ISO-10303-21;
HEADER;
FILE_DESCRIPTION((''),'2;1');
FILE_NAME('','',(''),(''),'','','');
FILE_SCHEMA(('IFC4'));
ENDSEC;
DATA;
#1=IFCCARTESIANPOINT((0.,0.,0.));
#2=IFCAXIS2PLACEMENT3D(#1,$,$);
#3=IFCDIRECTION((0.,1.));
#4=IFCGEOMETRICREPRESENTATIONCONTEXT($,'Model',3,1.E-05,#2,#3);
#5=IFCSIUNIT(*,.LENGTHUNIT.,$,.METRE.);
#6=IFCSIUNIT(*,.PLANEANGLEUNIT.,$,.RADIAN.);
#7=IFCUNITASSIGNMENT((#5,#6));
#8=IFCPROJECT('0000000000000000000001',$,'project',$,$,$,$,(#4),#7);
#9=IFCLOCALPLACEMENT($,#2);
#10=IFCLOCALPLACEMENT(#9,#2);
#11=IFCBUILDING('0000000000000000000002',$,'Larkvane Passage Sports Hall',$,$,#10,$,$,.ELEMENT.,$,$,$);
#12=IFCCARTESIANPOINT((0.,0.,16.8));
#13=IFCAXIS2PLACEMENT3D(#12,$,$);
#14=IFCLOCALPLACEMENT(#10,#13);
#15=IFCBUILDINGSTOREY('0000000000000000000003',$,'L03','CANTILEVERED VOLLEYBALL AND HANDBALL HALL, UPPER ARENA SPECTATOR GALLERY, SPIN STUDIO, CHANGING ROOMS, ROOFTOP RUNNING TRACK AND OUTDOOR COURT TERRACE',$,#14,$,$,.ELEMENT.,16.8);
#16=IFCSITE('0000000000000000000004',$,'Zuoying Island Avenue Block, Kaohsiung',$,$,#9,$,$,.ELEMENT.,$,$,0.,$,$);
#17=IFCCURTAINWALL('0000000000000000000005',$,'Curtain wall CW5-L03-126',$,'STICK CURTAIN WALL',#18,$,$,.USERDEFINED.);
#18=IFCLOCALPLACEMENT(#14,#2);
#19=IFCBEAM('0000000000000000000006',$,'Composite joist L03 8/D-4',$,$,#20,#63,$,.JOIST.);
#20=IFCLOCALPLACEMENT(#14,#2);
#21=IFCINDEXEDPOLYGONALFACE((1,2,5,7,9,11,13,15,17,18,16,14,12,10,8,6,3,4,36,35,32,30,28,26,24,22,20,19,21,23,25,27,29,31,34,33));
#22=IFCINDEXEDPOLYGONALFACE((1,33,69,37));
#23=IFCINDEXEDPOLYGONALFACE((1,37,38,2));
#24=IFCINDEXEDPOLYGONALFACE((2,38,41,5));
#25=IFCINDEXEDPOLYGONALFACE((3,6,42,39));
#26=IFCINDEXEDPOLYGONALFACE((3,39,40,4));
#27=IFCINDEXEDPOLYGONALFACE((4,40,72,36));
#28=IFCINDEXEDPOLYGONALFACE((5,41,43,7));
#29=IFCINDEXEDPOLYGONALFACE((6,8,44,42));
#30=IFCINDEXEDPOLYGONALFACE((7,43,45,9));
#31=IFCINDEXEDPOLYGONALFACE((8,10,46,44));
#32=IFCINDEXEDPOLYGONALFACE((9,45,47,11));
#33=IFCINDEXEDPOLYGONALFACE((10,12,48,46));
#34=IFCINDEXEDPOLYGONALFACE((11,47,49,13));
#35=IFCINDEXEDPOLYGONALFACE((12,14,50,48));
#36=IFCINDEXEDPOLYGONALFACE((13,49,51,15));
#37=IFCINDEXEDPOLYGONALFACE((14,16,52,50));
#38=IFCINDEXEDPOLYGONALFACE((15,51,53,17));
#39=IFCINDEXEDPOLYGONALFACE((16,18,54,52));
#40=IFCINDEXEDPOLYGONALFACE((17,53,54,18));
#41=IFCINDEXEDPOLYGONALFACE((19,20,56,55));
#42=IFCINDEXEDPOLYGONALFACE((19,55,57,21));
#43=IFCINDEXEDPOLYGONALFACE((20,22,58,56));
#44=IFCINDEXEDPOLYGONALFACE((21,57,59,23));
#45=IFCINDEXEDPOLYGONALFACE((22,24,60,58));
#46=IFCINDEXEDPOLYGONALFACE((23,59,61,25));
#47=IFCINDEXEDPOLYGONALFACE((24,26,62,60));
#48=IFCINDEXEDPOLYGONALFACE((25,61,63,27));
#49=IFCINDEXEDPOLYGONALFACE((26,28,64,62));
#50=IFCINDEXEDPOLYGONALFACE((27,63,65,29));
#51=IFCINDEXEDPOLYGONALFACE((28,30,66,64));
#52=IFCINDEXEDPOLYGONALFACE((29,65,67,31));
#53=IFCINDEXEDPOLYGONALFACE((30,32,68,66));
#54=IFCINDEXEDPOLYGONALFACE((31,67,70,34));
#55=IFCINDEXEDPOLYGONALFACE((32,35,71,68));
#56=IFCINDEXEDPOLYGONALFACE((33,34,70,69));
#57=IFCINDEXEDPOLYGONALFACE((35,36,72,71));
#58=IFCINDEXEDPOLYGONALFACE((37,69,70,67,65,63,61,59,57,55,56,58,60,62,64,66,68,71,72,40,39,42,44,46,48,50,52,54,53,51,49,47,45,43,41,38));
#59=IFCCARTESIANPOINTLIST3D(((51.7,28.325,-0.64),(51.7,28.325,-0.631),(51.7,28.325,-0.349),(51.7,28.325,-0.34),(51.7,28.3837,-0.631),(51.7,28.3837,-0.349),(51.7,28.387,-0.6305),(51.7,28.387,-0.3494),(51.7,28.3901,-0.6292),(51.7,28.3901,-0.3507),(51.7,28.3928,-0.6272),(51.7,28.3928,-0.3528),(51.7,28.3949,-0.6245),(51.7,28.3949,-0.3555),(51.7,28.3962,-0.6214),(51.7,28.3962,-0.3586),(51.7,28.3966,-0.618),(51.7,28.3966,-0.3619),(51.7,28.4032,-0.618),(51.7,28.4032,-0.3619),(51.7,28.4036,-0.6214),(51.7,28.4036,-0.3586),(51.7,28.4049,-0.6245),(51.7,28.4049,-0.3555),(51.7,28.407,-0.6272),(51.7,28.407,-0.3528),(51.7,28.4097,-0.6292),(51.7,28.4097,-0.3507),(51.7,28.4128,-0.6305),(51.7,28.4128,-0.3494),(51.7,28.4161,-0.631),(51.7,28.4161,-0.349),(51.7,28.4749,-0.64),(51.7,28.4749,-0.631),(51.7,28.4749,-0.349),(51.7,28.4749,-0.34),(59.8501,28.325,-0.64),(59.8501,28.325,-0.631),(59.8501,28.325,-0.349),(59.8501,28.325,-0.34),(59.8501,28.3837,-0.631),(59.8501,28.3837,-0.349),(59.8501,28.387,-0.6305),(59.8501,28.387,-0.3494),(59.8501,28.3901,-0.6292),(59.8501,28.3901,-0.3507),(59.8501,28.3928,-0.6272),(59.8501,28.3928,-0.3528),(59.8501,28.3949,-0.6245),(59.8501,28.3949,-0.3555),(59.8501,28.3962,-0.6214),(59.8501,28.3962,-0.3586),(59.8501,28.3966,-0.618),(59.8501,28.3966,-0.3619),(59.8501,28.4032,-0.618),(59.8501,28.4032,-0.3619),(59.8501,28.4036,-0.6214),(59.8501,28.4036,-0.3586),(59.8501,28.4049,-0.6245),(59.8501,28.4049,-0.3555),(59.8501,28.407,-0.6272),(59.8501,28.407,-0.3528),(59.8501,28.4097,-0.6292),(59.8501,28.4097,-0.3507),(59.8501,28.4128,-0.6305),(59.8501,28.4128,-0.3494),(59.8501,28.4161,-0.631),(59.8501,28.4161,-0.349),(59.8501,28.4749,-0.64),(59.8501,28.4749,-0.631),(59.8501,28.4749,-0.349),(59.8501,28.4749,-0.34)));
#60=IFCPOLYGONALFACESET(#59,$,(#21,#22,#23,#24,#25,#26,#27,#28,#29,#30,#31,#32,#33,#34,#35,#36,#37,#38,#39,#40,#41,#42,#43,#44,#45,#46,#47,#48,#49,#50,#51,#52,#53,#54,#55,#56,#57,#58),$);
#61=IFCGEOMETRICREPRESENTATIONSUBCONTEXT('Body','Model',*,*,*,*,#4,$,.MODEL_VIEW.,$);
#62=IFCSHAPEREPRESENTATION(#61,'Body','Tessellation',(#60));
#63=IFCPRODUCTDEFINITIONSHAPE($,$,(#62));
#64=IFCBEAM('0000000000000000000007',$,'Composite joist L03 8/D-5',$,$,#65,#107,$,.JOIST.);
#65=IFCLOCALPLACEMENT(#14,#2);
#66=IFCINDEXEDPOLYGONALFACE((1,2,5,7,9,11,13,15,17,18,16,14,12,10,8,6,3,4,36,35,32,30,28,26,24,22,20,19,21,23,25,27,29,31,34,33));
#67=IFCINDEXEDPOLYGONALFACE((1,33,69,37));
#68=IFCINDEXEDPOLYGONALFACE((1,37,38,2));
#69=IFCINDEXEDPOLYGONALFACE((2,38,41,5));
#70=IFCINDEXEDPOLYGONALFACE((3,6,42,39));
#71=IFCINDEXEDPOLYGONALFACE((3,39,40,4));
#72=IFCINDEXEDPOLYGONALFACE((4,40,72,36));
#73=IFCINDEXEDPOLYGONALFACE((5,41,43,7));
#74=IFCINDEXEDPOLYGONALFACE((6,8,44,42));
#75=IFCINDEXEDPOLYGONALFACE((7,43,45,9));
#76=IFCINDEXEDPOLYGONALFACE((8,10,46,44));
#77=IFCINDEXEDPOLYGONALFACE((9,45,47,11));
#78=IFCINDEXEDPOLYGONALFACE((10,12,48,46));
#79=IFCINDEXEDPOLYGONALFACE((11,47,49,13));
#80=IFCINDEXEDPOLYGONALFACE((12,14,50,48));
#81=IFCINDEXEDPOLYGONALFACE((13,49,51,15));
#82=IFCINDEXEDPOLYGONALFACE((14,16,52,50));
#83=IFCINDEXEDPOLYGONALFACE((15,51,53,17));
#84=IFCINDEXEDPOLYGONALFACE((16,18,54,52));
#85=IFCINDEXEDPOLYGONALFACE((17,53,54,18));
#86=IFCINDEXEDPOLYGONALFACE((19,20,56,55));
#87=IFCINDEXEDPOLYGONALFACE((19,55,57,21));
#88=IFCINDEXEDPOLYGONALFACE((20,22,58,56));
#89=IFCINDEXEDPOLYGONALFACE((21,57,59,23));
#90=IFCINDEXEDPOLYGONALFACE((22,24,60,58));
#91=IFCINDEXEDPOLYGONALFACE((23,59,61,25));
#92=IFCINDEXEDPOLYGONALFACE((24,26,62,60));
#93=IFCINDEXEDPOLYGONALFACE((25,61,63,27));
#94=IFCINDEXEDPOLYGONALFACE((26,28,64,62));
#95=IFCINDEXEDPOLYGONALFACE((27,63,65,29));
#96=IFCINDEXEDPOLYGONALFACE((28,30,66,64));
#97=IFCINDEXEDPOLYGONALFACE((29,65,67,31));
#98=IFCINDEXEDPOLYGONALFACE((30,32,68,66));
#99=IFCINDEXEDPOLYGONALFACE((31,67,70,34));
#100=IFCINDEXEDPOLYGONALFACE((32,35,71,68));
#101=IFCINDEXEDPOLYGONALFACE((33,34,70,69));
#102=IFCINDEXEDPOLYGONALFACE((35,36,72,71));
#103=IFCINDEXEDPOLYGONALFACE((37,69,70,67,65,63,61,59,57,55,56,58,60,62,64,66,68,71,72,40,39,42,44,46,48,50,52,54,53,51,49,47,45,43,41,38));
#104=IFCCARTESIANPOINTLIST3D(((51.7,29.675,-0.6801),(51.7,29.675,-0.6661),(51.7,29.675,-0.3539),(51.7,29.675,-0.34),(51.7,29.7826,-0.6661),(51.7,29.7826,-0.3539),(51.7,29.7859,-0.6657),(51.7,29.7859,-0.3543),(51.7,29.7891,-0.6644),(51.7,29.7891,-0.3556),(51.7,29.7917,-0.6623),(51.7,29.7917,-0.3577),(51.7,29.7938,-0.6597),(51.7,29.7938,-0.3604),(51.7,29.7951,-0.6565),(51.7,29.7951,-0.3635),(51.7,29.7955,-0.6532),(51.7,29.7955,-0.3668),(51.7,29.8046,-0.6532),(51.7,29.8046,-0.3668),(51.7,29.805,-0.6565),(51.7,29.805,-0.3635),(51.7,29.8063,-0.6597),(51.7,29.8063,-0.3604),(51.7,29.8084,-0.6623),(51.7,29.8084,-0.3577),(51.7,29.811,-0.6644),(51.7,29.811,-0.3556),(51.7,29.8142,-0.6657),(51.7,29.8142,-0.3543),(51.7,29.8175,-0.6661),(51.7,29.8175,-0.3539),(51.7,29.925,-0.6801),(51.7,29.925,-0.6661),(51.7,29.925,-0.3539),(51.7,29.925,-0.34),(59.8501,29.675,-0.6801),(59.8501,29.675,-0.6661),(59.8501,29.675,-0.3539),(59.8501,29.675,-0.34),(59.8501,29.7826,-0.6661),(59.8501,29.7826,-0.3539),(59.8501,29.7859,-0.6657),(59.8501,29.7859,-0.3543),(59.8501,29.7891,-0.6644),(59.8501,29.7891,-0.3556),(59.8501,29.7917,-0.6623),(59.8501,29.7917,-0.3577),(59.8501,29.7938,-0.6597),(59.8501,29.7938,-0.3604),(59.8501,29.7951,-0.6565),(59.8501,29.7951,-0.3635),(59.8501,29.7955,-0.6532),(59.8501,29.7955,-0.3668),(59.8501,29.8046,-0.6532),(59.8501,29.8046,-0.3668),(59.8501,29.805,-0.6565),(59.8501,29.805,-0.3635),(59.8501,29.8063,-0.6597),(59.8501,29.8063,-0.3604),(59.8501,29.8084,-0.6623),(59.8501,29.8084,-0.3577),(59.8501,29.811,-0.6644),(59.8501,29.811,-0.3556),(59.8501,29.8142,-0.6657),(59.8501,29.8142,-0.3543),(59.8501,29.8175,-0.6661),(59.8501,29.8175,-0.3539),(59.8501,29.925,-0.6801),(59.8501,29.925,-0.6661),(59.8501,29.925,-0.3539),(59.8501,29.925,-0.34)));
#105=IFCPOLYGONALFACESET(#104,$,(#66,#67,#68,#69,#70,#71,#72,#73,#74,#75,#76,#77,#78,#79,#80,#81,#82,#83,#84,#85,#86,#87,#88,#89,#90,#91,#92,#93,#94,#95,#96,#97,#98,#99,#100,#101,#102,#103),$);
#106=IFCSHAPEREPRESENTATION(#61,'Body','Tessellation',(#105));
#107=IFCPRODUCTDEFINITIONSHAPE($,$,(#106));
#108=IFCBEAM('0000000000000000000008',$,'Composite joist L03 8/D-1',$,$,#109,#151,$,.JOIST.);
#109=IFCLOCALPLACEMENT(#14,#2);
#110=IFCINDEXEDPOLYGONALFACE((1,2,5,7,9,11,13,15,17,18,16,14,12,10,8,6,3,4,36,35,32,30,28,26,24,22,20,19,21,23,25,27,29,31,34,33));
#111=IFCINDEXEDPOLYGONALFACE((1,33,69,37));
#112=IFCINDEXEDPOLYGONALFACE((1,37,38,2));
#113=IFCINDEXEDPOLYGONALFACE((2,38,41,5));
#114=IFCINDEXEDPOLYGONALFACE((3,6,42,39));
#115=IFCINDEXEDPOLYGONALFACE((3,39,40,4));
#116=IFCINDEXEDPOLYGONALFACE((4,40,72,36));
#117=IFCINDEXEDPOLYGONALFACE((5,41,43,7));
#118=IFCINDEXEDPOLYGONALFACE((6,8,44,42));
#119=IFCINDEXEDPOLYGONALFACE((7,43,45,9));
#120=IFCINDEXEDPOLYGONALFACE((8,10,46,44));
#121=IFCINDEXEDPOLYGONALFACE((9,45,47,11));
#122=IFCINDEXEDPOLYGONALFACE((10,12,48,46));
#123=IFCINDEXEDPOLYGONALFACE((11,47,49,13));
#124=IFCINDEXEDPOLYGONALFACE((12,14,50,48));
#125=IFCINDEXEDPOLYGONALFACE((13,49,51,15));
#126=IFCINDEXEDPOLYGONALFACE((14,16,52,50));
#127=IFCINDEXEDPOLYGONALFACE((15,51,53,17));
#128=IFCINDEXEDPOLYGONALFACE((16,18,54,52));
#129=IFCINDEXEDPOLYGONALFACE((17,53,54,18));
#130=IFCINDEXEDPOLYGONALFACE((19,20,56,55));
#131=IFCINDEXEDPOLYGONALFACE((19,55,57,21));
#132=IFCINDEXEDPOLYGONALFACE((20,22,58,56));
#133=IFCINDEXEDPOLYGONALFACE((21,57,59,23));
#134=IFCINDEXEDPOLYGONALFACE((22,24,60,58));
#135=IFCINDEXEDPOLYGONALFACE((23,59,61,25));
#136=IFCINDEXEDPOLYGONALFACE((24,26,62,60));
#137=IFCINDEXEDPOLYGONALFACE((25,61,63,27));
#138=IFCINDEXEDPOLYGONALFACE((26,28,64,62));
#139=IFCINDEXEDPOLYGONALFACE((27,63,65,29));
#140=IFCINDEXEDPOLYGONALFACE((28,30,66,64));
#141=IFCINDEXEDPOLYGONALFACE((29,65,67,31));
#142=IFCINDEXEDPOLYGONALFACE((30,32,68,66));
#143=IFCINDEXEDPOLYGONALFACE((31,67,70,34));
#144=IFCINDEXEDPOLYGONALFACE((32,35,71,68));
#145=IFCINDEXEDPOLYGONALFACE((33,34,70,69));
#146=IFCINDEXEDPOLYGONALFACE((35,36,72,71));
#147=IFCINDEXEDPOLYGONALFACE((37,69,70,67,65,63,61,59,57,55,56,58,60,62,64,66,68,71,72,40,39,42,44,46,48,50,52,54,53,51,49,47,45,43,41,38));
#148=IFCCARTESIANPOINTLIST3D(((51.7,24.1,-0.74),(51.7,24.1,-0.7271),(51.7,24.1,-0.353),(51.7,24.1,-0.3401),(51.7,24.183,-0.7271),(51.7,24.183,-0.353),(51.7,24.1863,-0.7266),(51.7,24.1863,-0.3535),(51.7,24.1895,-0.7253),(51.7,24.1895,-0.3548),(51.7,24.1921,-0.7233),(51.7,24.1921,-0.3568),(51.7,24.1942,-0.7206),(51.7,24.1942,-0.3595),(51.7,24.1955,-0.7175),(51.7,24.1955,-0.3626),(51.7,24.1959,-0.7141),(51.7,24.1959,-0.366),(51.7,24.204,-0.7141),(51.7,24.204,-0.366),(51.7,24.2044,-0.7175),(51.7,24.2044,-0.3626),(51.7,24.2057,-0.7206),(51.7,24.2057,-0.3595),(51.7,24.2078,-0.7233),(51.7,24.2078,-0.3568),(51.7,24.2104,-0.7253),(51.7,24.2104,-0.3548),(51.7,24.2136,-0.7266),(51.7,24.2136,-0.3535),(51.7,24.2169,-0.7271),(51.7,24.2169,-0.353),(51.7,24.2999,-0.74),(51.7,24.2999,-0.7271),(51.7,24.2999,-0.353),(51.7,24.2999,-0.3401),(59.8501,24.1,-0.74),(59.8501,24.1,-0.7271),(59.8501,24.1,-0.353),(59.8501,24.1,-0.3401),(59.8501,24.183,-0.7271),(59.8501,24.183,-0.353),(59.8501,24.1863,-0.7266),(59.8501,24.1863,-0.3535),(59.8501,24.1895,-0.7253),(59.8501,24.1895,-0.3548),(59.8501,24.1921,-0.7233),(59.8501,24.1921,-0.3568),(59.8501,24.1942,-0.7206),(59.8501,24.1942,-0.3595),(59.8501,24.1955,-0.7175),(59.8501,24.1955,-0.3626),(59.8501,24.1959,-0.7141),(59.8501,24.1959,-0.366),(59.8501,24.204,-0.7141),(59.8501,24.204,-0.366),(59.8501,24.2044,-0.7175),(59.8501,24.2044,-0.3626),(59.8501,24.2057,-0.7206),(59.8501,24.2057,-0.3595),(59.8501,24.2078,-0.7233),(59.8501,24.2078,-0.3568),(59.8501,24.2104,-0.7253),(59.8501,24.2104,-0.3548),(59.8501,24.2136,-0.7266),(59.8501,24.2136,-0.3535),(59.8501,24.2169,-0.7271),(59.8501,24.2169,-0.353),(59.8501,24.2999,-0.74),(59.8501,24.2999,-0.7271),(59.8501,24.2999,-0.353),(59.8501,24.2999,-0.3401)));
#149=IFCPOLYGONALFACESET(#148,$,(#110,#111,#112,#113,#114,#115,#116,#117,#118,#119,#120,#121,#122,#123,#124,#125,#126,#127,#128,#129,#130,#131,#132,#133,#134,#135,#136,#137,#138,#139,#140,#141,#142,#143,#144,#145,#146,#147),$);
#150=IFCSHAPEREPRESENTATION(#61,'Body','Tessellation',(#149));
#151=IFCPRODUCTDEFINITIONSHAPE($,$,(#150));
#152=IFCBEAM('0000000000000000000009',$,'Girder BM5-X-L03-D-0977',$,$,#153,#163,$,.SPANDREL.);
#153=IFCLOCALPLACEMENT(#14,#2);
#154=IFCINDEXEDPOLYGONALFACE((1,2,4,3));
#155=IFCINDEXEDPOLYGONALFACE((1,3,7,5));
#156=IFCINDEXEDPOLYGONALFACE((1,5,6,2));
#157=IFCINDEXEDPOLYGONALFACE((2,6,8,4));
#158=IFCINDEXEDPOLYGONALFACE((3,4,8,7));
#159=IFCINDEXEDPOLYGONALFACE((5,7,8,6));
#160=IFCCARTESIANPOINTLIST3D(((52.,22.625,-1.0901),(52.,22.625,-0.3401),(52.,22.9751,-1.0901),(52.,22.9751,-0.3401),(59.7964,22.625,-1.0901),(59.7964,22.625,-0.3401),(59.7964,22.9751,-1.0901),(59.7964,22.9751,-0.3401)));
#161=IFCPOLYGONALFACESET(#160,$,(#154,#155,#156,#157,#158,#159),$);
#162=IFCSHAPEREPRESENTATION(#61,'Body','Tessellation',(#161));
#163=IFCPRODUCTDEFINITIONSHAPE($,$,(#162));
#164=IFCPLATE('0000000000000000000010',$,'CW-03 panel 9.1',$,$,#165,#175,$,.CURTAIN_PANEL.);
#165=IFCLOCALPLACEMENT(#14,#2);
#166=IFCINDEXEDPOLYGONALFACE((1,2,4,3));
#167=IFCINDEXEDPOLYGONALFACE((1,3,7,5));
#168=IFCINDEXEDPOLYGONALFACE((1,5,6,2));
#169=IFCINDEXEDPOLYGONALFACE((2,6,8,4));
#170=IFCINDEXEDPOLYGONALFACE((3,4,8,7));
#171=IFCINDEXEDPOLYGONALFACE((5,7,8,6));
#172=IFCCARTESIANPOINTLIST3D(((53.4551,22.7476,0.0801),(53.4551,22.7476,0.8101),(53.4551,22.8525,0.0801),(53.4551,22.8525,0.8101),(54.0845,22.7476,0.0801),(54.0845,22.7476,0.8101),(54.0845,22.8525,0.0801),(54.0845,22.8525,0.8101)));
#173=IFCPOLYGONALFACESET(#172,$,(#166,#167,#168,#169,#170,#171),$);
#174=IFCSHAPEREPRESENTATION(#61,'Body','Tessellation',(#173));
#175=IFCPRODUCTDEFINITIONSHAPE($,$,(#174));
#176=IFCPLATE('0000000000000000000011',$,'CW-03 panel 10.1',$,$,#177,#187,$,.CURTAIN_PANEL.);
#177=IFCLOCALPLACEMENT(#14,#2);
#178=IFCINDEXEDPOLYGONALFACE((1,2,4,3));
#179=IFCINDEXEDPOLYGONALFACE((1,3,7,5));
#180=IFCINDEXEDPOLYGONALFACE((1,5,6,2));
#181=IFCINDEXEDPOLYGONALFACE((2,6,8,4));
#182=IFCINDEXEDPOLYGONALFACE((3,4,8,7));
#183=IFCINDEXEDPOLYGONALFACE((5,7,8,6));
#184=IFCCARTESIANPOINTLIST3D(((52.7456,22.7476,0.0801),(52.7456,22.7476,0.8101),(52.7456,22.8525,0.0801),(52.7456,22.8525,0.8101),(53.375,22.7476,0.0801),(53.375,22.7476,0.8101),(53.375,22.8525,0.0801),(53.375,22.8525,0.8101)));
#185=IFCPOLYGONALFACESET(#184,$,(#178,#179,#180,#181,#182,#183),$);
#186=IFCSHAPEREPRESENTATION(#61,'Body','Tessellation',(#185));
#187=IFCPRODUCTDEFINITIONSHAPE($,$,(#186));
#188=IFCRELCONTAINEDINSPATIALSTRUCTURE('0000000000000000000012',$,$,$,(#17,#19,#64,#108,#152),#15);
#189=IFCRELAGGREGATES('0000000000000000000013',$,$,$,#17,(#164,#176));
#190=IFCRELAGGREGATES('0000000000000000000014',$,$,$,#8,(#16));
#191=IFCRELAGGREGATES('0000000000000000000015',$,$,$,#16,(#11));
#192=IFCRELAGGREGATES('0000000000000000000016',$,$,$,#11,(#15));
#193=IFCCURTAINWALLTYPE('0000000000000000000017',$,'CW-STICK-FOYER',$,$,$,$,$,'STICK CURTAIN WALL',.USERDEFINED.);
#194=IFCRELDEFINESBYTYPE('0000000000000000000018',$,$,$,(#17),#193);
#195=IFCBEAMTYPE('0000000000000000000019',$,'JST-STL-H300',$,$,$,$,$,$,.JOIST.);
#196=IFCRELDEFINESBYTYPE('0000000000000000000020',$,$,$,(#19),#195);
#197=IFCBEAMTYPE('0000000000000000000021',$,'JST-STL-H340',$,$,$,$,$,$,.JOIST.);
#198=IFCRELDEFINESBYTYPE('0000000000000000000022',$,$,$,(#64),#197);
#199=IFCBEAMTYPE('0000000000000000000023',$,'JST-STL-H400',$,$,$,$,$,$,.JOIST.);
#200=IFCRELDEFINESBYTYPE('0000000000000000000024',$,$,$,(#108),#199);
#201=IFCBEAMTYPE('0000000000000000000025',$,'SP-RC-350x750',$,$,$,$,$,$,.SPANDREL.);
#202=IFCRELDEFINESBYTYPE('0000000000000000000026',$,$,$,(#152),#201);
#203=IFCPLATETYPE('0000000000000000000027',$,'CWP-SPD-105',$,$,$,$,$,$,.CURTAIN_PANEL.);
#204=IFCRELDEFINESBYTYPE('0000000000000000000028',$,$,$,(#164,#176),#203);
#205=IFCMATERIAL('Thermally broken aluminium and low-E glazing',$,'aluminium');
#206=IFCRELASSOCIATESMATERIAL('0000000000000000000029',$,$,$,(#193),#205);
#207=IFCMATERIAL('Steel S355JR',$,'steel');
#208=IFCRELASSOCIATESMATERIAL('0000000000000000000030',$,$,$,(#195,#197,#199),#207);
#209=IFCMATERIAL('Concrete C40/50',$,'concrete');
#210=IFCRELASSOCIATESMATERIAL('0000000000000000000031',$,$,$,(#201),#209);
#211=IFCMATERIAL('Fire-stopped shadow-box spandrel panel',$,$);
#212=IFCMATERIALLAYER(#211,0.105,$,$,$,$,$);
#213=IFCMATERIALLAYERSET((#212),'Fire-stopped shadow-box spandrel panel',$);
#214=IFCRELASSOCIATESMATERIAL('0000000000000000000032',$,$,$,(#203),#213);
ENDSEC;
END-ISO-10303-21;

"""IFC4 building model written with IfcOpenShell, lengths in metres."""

from ifc_helpers import new_model, si_unit, direction, frame, origin, origin_2d, place, context, subcontext, project, spatial, rectangle, i_section, extrude, material, layer, layer_set, material_profile, profile_set, type_object, element, aggregate, save


model = new_model("IFC4")

# Units and contexts
model_context = context("Model", 3, precision=1e-05, world=origin(), true_north=direction((0.0, 1.0)))
body_context = subcontext(model_context, "Body", "Model", "MODEL_VIEW")
ifc_project = project(units=[si_unit("LENGTHUNIT", "METRE"), si_unit("PLANEANGLEUNIT", "RADIAN")], contexts=[model_context])

# Site, building, storey
site_placement = place(None, origin())
site = spatial("IfcSite", under=ifc_project, at=site_placement, Name="Zuoying Island Avenue Block, Kaohsiung", CompositionType="ELEMENT", RefElevation=0.0)
building_placement = place(site_placement, origin())
building = spatial("IfcBuilding", under=site, at=building_placement, Name="Larkvane Passage Sports Hall", CompositionType="ELEMENT")
storey_placement = place(building_placement, frame((0.0, 0.0, 16.8)))
storey = spatial("IfcBuildingStorey", under=building, at=storey_placement, Name="L03", Description="CANTILEVERED VOLLEYBALL AND HANDBALL HALL, UPPER ARENA SPECTATOR GALLERY, SPIN STUDIO, CHANGING ROOMS, ROOFTOP RUNNING TRACK AND OUTDOOR COURT TERRACE", CompositionType="ELEMENT", Elevation=16.8)

# Shared definitions
ifc_material_1 = material(Name="Steel S355JR", Category="steel")

# Curtain wall
ifc_material_2 = material(Name="Thermally broken aluminium and low-E glazing", Category="aluminium")
curtain_wall_type = type_object("IfcCurtainWallType", Name="CW-STICK-FOYER", ElementType="STICK CURTAIN WALL", PredefinedType="USERDEFINED", material=ifc_material_2)
curtain_wall_placement = place(storey_placement, origin())
curtain_wall = element("IfcCurtainWall", 1, at=curtain_wall_placement, inside=storey, type_object=curtain_wall_type, Name="Curtain wall CW5-L03-126", ObjectType="STICK CURTAIN WALL", PredefinedType="USERDEFINED")

# Beams
ifc_material_profile_1 = material_profile(ifc_material_1, i_section(OverallWidth=0.1499, OverallDepth=0.3, WebThickness=0.0066, FlangeThickness=0.009, FilletRadius=0.0129, at=origin_2d()), Name="H-300x150x6.5x9")
ifc_profile_set_1 = profile_set([ifc_material_profile_1], Name="Steel S355JR")
beam_type_1 = type_object("IfcBeamType", Name="JST-STL-H300", PredefinedType="JOIST", material=ifc_profile_set_1)
beam_1_placement = place(storey_placement, frame((51.7, 28.3999, -0.49), z_axis=(1.0, 0.0, 0.0), x_axis=(0.0, 1.0, 0.0)))
element("IfcBeam", 2, at=beam_1_placement, inside=storey, type_object=beam_type_1, Name="Composite joist L03 8/D-4", PredefinedType="JOIST", context=body_context, shape_type="SweptSolid", body=[
    extrude(i_section(OverallWidth=0.1499, OverallDepth=0.3, WebThickness=0.0066, FlangeThickness=0.009, FilletRadius=0.0129, at=origin_2d()), origin(), (0.0, 0.0, 1.0), 8.1501),
])
ifc_material_profile_2 = material_profile(ifc_material_1, i_section(OverallWidth=0.25, OverallDepth=0.3401, WebThickness=0.009, FlangeThickness=0.0139, FilletRadius=0.0129, at=origin_2d()), Name="H-340x250x9x14")
ifc_profile_set_2 = profile_set([ifc_material_profile_2], Name="Steel S355JR")
beam_type_2 = type_object("IfcBeamType", Name="JST-STL-H340", PredefinedType="JOIST", material=ifc_profile_set_2)
beam_2_placement = place(storey_placement, frame((51.7, 29.8, -0.51), z_axis=(1.0, 0.0, 0.0), x_axis=(0.0, 1.0, 0.0)))
element("IfcBeam", 3, at=beam_2_placement, inside=storey, type_object=beam_type_2, Name="Composite joist L03 8/D-5", PredefinedType="JOIST", context=body_context, shape_type="SweptSolid", body=[
    extrude(i_section(OverallWidth=0.25, OverallDepth=0.3401, WebThickness=0.009, FlangeThickness=0.0139, FilletRadius=0.0129, at=origin_2d()), origin(), (0.0, 0.0, 1.0), 8.1501),
])
ifc_material_profile_3 = material_profile(ifc_material_1, i_section(OverallWidth=0.2, OverallDepth=0.3999, WebThickness=0.0081, FlangeThickness=0.0129, FilletRadius=0.0129, at=origin_2d()), Name="H-400x200x8x13")
ifc_profile_set_3 = profile_set([ifc_material_profile_3], Name="Steel S355JR")
beam_type_3 = type_object("IfcBeamType", Name="JST-STL-H400", PredefinedType="JOIST", material=ifc_profile_set_3)
beam_3_placement = place(storey_placement, frame((51.7, 24.2, -0.54), z_axis=(1.0, 0.0, 0.0), x_axis=(0.0, 1.0, 0.0)))
element("IfcBeam", 4, at=beam_3_placement, inside=storey, type_object=beam_type_3, Name="Composite joist L03 8/D-1", PredefinedType="JOIST", context=body_context, shape_type="SweptSolid", body=[
    extrude(i_section(OverallWidth=0.2, OverallDepth=0.3999, WebThickness=0.0081, FlangeThickness=0.0129, FilletRadius=0.0129, at=origin_2d()), origin(), (0.0, 0.0, 1.0), 8.1501),
])
ifc_material_3 = material(Name="Concrete C40/50", Category="concrete")
ifc_material_profile_4 = material_profile(ifc_material_3, rectangle(XDim=0.3501, YDim=0.75, at=origin_2d()), Name="RC-SP-350x750")
ifc_profile_set_4 = profile_set([ifc_material_profile_4], Name="Concrete C40/50")
beam_type_4 = type_object("IfcBeamType", Name="SP-RC-350x750", PredefinedType="SPANDREL", material=ifc_profile_set_4)
beam_4_placement = place(storey_placement, frame((52.0, 22.8, -0.7151), z_axis=(1.0, 0.0, 0.0), x_axis=(0.0, 1.0, 0.0)))
element("IfcBeam", 5, at=beam_4_placement, inside=storey, type_object=beam_type_4, Name="Girder BM5-X-L03-D-0977", PredefinedType="SPANDREL", context=body_context, shape_type="SweptSolid", body=[
    extrude(rectangle(XDim=0.3501, YDim=0.75, at=origin_2d()), origin(), (0.0, 0.0, 1.0), 7.7964),
])

# Plates
ifc_material_4 = material(Name="Fire-stopped shadow-box spandrel panel")
ifc_layer_1 = layer(ifc_material_4, 0.105)
ifc_layer_set_1 = layer_set([ifc_layer_1], Name="Fire-stopped shadow-box spandrel panel")
plate_type_1 = type_object("IfcPlateType", Name="CWP-SPD-105", PredefinedType="CURTAIN_PANEL", material=ifc_layer_set_1)
plate_1_placement = place(storey_placement, frame((53.7698, 22.8, 0.0801), z_axis=(0.0, 0.0, 1.0), x_axis=(-1.0, 0.0, 0.0)))
plate_1 = element("IfcPlate", 6, at=plate_1_placement, type_object=plate_type_1, Name="CW-03 panel 9.1", PredefinedType="CURTAIN_PANEL", context=body_context, shape_type="SweptSolid", body=[
    extrude(rectangle(XDim=0.6294, YDim=0.105, at=origin_2d()), origin(), (0.0, 0.0, 1.0), 0.73),
])
plate_2_placement = place(storey_placement, frame((53.0603, 22.8, 0.0801), z_axis=(0.0, 0.0, 1.0), x_axis=(-1.0, 0.0, 0.0)))
plate_2 = element("IfcPlate", 7, at=plate_2_placement, type_object=plate_type_1, Name="CW-03 panel 10.1", PredefinedType="CURTAIN_PANEL", context=body_context, shape_type="SweptSolid", body=[
    extrude(rectangle(XDim=0.6294, YDim=0.105, at=origin_2d()), origin(), (0.0, 0.0, 1.0), 0.73),
])
aggregate(curtain_wall, [plate_1, plate_2])

save(model, "model.ifc")
